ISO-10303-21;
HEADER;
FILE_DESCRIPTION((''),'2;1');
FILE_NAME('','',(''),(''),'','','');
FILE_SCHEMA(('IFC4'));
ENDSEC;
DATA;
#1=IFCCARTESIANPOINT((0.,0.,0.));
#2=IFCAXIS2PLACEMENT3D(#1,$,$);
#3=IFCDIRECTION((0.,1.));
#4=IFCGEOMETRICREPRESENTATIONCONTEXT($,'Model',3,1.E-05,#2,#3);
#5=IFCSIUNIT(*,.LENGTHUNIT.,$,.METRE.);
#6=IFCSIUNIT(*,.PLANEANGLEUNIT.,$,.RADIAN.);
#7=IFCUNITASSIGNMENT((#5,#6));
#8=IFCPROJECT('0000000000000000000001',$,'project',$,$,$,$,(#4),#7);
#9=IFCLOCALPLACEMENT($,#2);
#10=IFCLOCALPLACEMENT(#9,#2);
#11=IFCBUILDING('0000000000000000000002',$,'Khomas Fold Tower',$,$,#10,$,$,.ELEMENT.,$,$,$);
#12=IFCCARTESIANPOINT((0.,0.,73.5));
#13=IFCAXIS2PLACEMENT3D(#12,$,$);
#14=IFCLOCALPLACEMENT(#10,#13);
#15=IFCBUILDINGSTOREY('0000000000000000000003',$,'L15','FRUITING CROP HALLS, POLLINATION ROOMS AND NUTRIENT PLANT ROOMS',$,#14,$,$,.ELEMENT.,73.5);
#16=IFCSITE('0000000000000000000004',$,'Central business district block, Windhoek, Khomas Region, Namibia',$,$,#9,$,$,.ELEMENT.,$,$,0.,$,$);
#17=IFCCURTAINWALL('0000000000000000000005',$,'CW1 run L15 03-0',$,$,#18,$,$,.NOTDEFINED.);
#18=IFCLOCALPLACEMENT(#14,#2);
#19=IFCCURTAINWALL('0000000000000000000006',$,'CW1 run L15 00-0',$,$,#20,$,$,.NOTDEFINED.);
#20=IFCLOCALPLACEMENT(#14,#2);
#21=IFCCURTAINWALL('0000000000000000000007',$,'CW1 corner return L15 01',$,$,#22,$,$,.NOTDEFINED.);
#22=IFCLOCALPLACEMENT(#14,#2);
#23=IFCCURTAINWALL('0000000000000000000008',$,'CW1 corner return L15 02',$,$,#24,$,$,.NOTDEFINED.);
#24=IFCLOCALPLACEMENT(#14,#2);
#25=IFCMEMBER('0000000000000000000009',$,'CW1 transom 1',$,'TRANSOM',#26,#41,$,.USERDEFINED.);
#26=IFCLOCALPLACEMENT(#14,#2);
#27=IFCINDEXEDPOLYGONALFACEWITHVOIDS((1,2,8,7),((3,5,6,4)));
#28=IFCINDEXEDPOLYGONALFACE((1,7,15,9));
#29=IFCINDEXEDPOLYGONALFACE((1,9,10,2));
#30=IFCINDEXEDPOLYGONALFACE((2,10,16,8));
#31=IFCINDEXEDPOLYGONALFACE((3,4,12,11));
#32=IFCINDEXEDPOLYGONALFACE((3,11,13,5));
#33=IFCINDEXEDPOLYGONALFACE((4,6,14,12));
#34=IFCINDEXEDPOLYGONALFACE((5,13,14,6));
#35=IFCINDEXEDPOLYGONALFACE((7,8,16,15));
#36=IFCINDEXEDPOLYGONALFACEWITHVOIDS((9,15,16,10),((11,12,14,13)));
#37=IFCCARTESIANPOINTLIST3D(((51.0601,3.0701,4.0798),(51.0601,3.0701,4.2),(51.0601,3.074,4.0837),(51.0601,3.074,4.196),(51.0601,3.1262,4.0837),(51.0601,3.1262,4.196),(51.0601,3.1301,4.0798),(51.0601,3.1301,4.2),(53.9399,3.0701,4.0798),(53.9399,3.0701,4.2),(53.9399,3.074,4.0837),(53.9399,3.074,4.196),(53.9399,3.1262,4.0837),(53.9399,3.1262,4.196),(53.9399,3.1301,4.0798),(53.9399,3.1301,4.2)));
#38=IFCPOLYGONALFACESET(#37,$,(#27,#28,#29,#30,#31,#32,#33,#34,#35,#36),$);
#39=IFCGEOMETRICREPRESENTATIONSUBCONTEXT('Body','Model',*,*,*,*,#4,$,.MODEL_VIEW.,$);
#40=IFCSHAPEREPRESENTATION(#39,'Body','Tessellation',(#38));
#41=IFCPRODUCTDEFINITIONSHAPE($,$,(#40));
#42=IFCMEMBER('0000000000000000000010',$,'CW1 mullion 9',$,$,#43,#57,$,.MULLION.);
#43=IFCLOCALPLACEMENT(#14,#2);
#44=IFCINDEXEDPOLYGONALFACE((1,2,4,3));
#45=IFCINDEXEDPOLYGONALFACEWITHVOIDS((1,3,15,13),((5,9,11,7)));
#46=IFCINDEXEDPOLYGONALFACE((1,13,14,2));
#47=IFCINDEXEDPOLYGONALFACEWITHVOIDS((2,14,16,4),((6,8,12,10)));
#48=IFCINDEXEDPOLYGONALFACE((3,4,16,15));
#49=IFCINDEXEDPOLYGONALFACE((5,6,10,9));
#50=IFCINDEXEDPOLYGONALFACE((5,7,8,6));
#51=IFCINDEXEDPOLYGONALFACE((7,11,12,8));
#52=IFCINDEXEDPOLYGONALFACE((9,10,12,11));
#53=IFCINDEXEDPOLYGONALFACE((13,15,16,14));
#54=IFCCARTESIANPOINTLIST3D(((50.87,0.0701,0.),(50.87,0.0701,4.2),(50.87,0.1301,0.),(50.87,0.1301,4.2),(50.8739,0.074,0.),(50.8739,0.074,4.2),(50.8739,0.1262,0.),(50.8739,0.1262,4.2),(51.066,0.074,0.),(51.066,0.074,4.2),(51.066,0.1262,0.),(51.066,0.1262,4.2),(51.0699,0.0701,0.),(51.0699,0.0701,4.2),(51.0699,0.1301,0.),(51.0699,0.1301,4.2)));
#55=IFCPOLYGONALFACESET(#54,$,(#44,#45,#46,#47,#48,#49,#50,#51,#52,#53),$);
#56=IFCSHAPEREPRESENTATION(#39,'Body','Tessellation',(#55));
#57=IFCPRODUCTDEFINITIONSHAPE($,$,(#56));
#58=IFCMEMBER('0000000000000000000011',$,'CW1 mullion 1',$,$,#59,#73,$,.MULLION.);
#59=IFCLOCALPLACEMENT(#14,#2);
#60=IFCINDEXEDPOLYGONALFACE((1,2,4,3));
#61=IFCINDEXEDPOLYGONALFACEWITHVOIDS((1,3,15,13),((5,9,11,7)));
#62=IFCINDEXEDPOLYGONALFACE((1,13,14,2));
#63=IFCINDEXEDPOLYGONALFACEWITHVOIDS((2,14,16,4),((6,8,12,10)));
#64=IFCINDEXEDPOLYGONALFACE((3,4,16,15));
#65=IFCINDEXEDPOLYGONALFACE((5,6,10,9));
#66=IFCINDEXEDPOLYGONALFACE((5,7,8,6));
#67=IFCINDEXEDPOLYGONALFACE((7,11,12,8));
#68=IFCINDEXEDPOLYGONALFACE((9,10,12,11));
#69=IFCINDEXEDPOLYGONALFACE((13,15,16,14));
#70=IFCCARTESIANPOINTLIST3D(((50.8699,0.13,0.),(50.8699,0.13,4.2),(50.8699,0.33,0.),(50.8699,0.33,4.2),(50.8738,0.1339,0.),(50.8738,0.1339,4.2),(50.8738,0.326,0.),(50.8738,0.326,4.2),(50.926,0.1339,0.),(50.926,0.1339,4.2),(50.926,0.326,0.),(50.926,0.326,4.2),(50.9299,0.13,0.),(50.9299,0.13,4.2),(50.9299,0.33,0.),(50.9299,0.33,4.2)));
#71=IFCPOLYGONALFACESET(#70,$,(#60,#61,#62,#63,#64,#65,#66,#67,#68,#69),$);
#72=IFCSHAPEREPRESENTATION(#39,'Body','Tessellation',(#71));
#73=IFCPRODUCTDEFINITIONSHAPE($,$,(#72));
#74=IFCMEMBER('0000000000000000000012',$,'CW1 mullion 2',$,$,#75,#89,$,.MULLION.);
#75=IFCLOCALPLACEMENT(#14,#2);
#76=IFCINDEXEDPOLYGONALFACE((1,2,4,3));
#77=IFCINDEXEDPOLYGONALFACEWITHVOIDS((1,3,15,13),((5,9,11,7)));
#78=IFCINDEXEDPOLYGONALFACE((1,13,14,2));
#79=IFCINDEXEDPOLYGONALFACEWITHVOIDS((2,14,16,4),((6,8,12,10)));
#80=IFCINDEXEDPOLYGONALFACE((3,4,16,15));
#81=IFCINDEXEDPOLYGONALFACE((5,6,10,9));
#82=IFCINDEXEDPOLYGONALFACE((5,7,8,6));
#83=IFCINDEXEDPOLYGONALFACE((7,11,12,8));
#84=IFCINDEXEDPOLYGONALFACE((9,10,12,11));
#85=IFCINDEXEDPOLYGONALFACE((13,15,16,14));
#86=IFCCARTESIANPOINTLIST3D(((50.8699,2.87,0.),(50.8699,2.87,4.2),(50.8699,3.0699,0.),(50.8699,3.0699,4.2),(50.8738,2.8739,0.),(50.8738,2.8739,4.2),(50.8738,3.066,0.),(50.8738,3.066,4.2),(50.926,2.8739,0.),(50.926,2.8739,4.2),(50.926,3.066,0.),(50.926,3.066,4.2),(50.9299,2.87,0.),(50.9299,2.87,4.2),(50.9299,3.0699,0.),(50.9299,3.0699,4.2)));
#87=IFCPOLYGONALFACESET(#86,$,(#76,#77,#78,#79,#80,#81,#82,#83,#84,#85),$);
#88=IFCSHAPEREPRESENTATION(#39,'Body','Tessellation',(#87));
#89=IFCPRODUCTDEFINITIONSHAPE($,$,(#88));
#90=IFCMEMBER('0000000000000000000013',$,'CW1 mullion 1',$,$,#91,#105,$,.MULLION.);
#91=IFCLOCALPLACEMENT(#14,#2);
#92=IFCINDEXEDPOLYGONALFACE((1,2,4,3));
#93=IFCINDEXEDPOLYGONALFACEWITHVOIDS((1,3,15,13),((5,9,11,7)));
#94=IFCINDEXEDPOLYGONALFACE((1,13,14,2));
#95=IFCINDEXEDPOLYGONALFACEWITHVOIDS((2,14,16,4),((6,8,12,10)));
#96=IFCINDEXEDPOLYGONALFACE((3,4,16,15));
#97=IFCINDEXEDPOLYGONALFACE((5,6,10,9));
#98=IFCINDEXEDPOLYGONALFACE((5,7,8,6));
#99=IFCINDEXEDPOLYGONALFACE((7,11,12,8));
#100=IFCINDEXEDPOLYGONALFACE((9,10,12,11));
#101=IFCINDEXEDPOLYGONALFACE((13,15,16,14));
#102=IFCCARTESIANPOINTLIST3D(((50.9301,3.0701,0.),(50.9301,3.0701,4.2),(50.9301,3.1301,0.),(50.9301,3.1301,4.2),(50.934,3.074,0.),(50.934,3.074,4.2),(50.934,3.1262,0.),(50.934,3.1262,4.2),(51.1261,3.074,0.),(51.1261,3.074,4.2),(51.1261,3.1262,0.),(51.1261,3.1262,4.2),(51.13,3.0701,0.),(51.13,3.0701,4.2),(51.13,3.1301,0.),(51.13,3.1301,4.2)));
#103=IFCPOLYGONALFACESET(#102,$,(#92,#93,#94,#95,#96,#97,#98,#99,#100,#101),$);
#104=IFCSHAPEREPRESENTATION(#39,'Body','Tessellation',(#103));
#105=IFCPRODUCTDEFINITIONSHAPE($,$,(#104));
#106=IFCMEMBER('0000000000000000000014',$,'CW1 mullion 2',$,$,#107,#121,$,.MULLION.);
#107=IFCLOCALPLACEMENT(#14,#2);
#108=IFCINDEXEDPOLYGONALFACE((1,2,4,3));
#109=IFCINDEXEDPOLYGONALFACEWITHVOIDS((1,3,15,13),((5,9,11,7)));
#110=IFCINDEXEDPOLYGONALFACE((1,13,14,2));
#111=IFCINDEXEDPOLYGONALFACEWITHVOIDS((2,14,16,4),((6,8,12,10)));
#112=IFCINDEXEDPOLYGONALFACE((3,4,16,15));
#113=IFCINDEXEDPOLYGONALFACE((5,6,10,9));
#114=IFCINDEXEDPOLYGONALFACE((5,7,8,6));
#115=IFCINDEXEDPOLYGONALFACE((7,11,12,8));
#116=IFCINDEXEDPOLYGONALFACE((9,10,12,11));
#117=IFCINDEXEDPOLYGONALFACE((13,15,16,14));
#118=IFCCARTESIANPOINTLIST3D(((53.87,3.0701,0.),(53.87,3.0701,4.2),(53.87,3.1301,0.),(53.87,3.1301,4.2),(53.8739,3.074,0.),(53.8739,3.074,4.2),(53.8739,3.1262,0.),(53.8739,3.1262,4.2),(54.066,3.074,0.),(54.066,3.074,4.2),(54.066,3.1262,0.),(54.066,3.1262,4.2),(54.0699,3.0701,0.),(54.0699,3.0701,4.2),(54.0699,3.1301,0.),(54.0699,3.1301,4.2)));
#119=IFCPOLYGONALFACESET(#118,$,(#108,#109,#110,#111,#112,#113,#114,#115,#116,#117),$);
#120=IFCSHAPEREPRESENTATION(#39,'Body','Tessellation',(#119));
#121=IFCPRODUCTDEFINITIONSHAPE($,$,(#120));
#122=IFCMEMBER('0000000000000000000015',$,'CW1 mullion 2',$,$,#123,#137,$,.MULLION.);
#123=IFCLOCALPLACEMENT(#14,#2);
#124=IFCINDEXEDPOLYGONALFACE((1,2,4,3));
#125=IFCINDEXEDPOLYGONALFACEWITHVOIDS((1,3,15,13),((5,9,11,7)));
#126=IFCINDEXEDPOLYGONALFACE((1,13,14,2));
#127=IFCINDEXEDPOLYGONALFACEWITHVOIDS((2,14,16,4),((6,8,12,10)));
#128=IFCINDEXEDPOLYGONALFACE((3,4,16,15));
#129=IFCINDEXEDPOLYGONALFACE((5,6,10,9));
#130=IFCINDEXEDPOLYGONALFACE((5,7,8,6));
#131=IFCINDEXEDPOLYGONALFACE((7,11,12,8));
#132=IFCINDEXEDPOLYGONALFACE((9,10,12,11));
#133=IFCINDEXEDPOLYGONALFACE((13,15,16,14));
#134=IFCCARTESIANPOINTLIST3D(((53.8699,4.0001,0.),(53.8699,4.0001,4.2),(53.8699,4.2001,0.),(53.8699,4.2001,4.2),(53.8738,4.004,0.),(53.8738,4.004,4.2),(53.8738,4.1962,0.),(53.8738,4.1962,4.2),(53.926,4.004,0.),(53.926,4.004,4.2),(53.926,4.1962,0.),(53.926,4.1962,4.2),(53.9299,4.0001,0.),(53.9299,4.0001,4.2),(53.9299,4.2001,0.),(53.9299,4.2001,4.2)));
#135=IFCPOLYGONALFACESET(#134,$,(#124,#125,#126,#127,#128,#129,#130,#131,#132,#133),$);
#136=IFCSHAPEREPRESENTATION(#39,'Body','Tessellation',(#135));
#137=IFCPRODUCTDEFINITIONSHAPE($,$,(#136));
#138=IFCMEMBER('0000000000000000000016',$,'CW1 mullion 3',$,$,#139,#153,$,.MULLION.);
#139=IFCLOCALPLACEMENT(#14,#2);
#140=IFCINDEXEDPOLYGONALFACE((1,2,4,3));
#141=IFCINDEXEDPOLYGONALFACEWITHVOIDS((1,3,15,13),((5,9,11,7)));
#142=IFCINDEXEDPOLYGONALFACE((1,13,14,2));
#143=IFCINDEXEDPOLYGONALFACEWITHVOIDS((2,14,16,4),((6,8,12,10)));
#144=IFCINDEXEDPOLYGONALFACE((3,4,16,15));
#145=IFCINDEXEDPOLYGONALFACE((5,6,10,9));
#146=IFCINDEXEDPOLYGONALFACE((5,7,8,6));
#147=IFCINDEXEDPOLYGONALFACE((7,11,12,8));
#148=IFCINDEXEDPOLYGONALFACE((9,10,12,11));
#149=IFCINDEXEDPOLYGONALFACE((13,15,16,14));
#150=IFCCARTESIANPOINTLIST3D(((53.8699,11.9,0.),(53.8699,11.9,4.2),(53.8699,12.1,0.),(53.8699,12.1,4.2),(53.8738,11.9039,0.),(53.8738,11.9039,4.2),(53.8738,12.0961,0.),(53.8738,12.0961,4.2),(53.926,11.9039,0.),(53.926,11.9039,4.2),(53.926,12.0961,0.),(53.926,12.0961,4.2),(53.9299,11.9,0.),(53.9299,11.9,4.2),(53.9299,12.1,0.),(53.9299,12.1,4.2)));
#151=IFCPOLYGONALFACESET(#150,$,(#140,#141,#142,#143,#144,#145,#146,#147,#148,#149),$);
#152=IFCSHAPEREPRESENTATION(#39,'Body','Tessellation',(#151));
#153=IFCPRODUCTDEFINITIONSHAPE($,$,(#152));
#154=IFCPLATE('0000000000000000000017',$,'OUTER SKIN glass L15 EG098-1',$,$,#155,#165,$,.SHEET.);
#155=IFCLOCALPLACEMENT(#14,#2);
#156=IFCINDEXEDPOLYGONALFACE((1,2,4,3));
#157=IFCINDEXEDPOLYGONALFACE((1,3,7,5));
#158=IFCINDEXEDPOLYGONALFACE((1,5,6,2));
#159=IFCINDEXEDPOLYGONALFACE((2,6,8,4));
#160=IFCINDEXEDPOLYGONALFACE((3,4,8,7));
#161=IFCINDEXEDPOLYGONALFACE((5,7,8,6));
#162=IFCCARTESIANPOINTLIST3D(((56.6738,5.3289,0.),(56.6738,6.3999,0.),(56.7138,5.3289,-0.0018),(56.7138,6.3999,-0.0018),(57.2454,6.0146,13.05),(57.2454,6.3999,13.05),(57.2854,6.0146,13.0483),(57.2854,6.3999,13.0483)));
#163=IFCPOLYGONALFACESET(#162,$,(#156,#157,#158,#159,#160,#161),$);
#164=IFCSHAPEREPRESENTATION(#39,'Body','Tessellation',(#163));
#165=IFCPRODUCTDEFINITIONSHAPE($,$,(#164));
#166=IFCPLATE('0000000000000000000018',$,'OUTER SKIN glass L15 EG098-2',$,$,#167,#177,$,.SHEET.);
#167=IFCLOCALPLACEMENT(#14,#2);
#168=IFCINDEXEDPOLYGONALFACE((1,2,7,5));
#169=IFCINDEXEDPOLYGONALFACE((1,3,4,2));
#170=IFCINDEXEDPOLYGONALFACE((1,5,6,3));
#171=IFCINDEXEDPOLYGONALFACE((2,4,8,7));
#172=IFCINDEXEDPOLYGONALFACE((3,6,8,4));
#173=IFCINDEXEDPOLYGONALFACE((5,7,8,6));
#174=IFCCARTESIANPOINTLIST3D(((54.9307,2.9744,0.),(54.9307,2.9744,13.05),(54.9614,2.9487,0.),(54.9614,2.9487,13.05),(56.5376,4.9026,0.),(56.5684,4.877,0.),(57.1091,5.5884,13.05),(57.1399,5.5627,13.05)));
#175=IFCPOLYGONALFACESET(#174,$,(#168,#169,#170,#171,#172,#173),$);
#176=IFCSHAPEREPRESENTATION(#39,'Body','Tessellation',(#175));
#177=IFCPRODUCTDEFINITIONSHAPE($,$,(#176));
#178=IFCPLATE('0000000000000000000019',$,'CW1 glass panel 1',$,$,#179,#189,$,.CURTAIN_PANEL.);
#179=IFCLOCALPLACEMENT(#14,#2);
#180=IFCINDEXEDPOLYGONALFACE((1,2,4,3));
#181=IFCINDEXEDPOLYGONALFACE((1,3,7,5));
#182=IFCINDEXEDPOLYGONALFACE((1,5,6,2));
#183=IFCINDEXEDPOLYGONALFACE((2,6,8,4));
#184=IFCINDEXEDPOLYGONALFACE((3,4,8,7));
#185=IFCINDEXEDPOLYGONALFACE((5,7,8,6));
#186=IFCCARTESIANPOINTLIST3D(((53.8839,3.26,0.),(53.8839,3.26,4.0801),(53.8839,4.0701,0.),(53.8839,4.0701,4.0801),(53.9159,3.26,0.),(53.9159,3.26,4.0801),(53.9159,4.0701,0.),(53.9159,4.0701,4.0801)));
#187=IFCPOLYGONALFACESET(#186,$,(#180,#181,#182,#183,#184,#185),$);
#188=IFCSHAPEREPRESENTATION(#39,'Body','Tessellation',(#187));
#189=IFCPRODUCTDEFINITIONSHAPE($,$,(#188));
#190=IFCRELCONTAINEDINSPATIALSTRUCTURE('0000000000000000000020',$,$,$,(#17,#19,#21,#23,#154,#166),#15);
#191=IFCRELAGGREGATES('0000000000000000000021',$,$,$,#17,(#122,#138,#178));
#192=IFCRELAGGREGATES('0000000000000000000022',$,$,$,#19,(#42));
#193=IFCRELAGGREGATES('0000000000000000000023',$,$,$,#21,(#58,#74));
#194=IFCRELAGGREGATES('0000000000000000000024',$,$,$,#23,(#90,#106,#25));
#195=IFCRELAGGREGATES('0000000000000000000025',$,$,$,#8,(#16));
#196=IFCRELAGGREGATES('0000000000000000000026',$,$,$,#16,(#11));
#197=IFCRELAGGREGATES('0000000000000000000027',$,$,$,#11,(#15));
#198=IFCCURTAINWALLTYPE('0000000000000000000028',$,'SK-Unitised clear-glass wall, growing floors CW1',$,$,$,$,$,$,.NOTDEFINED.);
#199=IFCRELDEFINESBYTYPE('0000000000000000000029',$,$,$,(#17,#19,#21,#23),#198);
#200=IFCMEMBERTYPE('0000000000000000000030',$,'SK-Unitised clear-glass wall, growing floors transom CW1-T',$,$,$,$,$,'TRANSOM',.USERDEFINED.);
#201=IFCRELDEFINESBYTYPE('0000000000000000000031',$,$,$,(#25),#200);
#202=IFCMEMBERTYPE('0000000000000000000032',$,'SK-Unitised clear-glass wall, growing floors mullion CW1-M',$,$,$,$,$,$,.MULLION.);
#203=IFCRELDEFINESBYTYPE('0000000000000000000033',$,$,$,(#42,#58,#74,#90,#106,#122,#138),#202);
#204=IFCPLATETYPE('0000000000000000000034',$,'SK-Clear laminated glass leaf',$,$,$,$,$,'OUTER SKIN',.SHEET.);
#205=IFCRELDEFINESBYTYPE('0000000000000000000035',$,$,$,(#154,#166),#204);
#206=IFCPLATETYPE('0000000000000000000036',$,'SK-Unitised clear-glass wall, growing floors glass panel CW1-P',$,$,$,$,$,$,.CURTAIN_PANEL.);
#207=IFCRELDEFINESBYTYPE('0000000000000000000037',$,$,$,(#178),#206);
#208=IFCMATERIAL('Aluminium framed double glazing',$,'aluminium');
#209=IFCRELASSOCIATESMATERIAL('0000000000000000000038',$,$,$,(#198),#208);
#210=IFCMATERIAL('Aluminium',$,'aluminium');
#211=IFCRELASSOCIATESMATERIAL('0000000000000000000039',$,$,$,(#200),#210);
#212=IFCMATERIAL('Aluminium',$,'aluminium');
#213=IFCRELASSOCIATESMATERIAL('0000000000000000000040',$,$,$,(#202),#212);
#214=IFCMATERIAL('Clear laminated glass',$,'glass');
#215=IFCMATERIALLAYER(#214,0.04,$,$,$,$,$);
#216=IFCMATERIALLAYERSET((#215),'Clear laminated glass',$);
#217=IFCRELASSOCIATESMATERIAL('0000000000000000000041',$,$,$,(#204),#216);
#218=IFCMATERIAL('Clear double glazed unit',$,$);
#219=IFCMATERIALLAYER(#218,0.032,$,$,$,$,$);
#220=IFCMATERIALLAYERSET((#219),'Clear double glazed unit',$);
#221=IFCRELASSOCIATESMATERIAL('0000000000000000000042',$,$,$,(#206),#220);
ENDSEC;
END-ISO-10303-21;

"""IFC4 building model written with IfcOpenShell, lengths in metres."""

from ifc_helpers import new_model, si_unit, direction, frame, origin, origin_2d, place, context, subcontext, project, spatial, polyline, rectangle, hollow_rectangle, outline, extrude, source, transform, mapped, material, layer, layer_set, material_profile, profile_set, type_object, element, aggregate, save


model = new_model("IFC4")

# Units and contexts
model_context = context("Model", 3, precision=1e-05, world=origin(), true_north=direction((0.0, 1.0)))
body_context = subcontext(model_context, "Body", "Model", "MODEL_VIEW")
ifc_project = project(units=[si_unit("LENGTHUNIT", "METRE"), si_unit("PLANEANGLEUNIT", "RADIAN")], contexts=[model_context])

# Site, building, storey
site_placement = place(None, origin())
site = spatial("IfcSite", under=ifc_project, at=site_placement, Name="Central business district block, Windhoek, Khomas Region, Namibia", CompositionType="ELEMENT", RefElevation=0.0)
building_placement = place(site_placement, origin())
building = spatial("IfcBuilding", under=site, at=building_placement, Name="Khomas Fold Tower", CompositionType="ELEMENT")
storey_placement = place(building_placement, frame((0.0, 0.0, 73.5)))
storey = spatial("IfcBuildingStorey", under=building, at=storey_placement, Name="L15", Description="FRUITING CROP HALLS, POLLINATION ROOMS AND NUTRIENT PLANT ROOMS", CompositionType="ELEMENT", Elevation=73.5)

# Curtain wall
ifc_material_1 = material(Name="Aluminium framed double glazing", Category="aluminium")
curtain_wall_type = type_object("IfcCurtainWallType", Name="SK-Unitised clear-glass wall, growing floors CW1", PredefinedType="NOTDEFINED", material=ifc_material_1)
curtain_wall_1_placement = place(storey_placement, origin())
curtain_wall_1 = element("IfcCurtainWall", 1, at=curtain_wall_1_placement, inside=storey, type_object=curtain_wall_type, Name="CW1 run L15 03-0", PredefinedType="NOTDEFINED")
ifc_material_2 = material(Name="Aluminium", Category="aluminium")
ifc_material_profile_1 = material_profile(ifc_material_2, hollow_rectangle(XDim=0.0601, YDim=0.1201, WallThickness=0.0039, at=origin_2d()), Name="SK-Unitised clear-glass wall, growing floors transom CW1-T")
ifc_profile_set_1 = profile_set([ifc_material_profile_1], Name="Aluminium")
member_type_1 = type_object("IfcMemberType", Name="SK-Unitised clear-glass wall, growing floors transom CW1-T", ElementType="TRANSOM", PredefinedType="USERDEFINED", material=ifc_profile_set_1)

# Curtain walls, member
curtain_wall_2_placement = place(storey_placement, origin())
curtain_wall_2 = element("IfcCurtainWall", 2, at=curtain_wall_2_placement, inside=storey, type_object=curtain_wall_type, Name="CW1 run L15 00-0", PredefinedType="NOTDEFINED")
curtain_wall_3_placement = place(storey_placement, origin())
curtain_wall_3 = element("IfcCurtainWall", 3, at=curtain_wall_3_placement, inside=storey, type_object=curtain_wall_type, Name="CW1 corner return L15 01", PredefinedType="NOTDEFINED")
curtain_wall_4_placement = place(storey_placement, origin())
curtain_wall_4 = element("IfcCurtainWall", 4, at=curtain_wall_4_placement, inside=storey, type_object=curtain_wall_type, Name="CW1 corner return L15 02", PredefinedType="NOTDEFINED")
shared_shape_1 = source(origin(), body_context, "Body", "SweptSolid", [
    extrude(hollow_rectangle(XDim=0.0601, YDim=0.1201, WallThickness=0.0039, at=origin_2d()), origin(), (0.0, 0.0, 1.0), 2.8799),
])
member_1_placement = place(storey_placement, frame((51.0601, 3.1001, 4.1399), z_axis=(1.0, 0.0, 0.0), x_axis=(0.0, 1.0, 0.0)))
member_1 = element("IfcMember", 5, at=member_1_placement, type_object=member_type_1, Name="CW1 transom 1", ObjectType="TRANSOM", PredefinedType="USERDEFINED", context=body_context, shape_type="MappedRepresentation", body=[
    mapped(shared_shape_1, transform((0.0, 0.0, 0.0))),
])

# Members
ifc_material_3 = material(Name="Aluminium", Category="aluminium")
ifc_material_profile_2 = material_profile(ifc_material_3, hollow_rectangle(XDim=0.0601, YDim=0.2, WallThickness=0.0039, at=origin_2d()), Name="SK-Unitised clear-glass wall, growing floors mullion CW1-M")
ifc_profile_set_2 = profile_set([ifc_material_profile_2], Name="Aluminium")
member_type_2 = type_object("IfcMemberType", Name="SK-Unitised clear-glass wall, growing floors mullion CW1-M", PredefinedType="MULLION", material=ifc_profile_set_2)
shared_shape_2 = source(origin(), body_context, "Body", "SweptSolid", [
    extrude(hollow_rectangle(XDim=0.0601, YDim=0.2, WallThickness=0.0039, at=origin_2d()), origin(), (0.0, 0.0, 1.0), 4.2),
])
member_2_placement = place(storey_placement, frame((50.97, 0.1001, 0.0), z_axis=(0.0, 0.0, 1.0), x_axis=(0.0, 1.0, 0.0)))
member_2 = element("IfcMember", 6, at=member_2_placement, type_object=member_type_2, Name="CW1 mullion 9", PredefinedType="MULLION", context=body_context, shape_type="MappedRepresentation", body=[
    mapped(shared_shape_2, transform((0.0, 0.0, 0.0))),
])
member_3_placement = place(storey_placement, frame((50.8999, 0.23, 0.0), z_axis=(0.0, 0.0, 1.0), x_axis=(-1.0, 0.0, 0.0)))
member_3 = element("IfcMember", 7, at=member_3_placement, type_object=member_type_2, Name="CW1 mullion 1", PredefinedType="MULLION", context=body_context, shape_type="MappedRepresentation", body=[
    mapped(shared_shape_2, transform((0.0, 0.0, 0.0))),
])
member_4_placement = place(storey_placement, frame((50.8999, 2.97, 0.0), z_axis=(0.0, 0.0, 1.0), x_axis=(-1.0, 0.0, 0.0)))
member_4 = element("IfcMember", 8, at=member_4_placement, type_object=member_type_2, Name="CW1 mullion 2", PredefinedType="MULLION", context=body_context, shape_type="MappedRepresentation", body=[
    mapped(shared_shape_2, transform((0.0, 0.0, 0.0))),
])
member_5_placement = place(storey_placement, frame((51.03, 3.1001, 0.0), z_axis=(0.0, 0.0, 1.0), x_axis=(0.0, 1.0, 0.0)))
member_5 = element("IfcMember", 9, at=member_5_placement, type_object=member_type_2, Name="CW1 mullion 1", PredefinedType="MULLION", context=body_context, shape_type="MappedRepresentation", body=[
    mapped(shared_shape_2, transform((0.0, 0.0, 0.0))),
])
member_6_placement = place(storey_placement, frame((53.97, 3.1001, 0.0), z_axis=(0.0, 0.0, 1.0), x_axis=(0.0, 1.0, 0.0)))
member_6 = element("IfcMember", 10, at=member_6_placement, type_object=member_type_2, Name="CW1 mullion 2", PredefinedType="MULLION", context=body_context, shape_type="MappedRepresentation", body=[
    mapped(shared_shape_2, transform((0.0, 0.0, 0.0))),
])
member_7_placement = place(storey_placement, frame((53.8999, 4.1001, 0.0), z_axis=(0.0, 0.0, 1.0), x_axis=(-1.0, 0.0, 0.0)))
member_7 = element("IfcMember", 11, at=member_7_placement, type_object=member_type_2, Name="CW1 mullion 2", PredefinedType="MULLION", context=body_context, shape_type="MappedRepresentation", body=[
    mapped(shared_shape_2, transform((0.0, 0.0, 0.0))),
])
member_8_placement = place(storey_placement, frame((53.8999, 12.0, 0.0), z_axis=(0.0, 0.0, 1.0), x_axis=(-1.0, 0.0, 0.0)))
member_8 = element("IfcMember", 12, at=member_8_placement, type_object=member_type_2, Name="CW1 mullion 3", PredefinedType="MULLION", context=body_context, shape_type="MappedRepresentation", body=[
    mapped(shared_shape_2, transform((0.0, 0.0, 0.0))),
])

# Plates
ifc_material_4 = material(Name="Clear laminated glass", Category="glass")
ifc_layer_1 = layer(ifc_material_4, 0.04)
ifc_layer_set_1 = layer_set([ifc_layer_1], Name="Clear laminated glass")
plate_type_1 = type_object("IfcPlateType", Name="SK-Clear laminated glass leaf", ElementType="OUTER SKIN", PredefinedType="SHEET", material=ifc_layer_set_1)
plate_1_placement = place(storey_placement, frame((56.6738, 6.3999, 0.0), z_axis=(-0.999042, 0.0, 0.043754), x_axis=(0.0, -1.0, 0.0)))
element("IfcPlate", 13, at=plate_1_placement, inside=storey, type_object=plate_type_1, Name="OUTER SKIN glass L15 EG098-1", PredefinedType="SHEET", context=body_context, shape_type="SweptSolid", body=[
    extrude(outline(polyline([(0.0, 0.0), (1.071, 0.0), (0.3853, 13.0626), (0.0, 13.0626), (0.0, 0.0)])), origin(), (0.0, 0.0, -1.0), 0.04),
])
plate_2_placement = place(storey_placement, frame((57.1091, 5.5884, 13.05), z_axis=(-0.768204, 0.640205, 0.0), x_axis=(-0.043693, -0.052428, -0.997668)))
element("IfcPlate", 14, at=plate_2_placement, inside=storey, type_object=plate_type_1, Name="OUTER SKIN glass L15 EG098-2", PredefinedType="SHEET", context=body_context, shape_type="SweptSolid", body=[
    extrude(outline(polyline([(0.0, 0.0), (13.0805, 0.0), (13.2519, 2.5042), (0.2322, 3.3948), (0.0, 0.0)])), origin(), (0.0, 0.0, -1.0), 0.04),
])

# Plate
ifc_material_5 = material(Name="Clear double glazed unit")
ifc_layer_2 = layer(ifc_material_5, 0.032)
ifc_layer_set_2 = layer_set([ifc_layer_2], Name="Clear double glazed unit")
plate_type_2 = type_object("IfcPlateType", Name="SK-Unitised clear-glass wall, growing floors glass panel CW1-P", PredefinedType="CURTAIN_PANEL", material=ifc_layer_set_2)
shared_shape_3 = source(origin(), body_context, "Body", "SweptSolid", [
    extrude(rectangle(XDim=0.8101, YDim=0.032, at=origin_2d()), origin(), (0.0, 0.0, 1.0), 4.0801),
])
plate_3_placement = place(storey_placement, frame((53.8999, 3.665, 0.0), z_axis=(0.0, 0.0, 1.0), x_axis=(0.0, 1.0, 0.0)))
plate_3 = element("IfcPlate", 15, at=plate_3_placement, type_object=plate_type_2, Name="CW1 glass panel 1", PredefinedType="CURTAIN_PANEL", context=body_context, shape_type="MappedRepresentation", body=[
    mapped(shared_shape_3, transform((0.0, 0.0, 0.0))),
])
aggregate(curtain_wall_1, [member_7, member_8, plate_3])
aggregate(curtain_wall_2, [member_2])
aggregate(curtain_wall_3, [member_3, member_4])
aggregate(curtain_wall_4, [member_5, member_6, member_1])

save(model, "model.ifc")
